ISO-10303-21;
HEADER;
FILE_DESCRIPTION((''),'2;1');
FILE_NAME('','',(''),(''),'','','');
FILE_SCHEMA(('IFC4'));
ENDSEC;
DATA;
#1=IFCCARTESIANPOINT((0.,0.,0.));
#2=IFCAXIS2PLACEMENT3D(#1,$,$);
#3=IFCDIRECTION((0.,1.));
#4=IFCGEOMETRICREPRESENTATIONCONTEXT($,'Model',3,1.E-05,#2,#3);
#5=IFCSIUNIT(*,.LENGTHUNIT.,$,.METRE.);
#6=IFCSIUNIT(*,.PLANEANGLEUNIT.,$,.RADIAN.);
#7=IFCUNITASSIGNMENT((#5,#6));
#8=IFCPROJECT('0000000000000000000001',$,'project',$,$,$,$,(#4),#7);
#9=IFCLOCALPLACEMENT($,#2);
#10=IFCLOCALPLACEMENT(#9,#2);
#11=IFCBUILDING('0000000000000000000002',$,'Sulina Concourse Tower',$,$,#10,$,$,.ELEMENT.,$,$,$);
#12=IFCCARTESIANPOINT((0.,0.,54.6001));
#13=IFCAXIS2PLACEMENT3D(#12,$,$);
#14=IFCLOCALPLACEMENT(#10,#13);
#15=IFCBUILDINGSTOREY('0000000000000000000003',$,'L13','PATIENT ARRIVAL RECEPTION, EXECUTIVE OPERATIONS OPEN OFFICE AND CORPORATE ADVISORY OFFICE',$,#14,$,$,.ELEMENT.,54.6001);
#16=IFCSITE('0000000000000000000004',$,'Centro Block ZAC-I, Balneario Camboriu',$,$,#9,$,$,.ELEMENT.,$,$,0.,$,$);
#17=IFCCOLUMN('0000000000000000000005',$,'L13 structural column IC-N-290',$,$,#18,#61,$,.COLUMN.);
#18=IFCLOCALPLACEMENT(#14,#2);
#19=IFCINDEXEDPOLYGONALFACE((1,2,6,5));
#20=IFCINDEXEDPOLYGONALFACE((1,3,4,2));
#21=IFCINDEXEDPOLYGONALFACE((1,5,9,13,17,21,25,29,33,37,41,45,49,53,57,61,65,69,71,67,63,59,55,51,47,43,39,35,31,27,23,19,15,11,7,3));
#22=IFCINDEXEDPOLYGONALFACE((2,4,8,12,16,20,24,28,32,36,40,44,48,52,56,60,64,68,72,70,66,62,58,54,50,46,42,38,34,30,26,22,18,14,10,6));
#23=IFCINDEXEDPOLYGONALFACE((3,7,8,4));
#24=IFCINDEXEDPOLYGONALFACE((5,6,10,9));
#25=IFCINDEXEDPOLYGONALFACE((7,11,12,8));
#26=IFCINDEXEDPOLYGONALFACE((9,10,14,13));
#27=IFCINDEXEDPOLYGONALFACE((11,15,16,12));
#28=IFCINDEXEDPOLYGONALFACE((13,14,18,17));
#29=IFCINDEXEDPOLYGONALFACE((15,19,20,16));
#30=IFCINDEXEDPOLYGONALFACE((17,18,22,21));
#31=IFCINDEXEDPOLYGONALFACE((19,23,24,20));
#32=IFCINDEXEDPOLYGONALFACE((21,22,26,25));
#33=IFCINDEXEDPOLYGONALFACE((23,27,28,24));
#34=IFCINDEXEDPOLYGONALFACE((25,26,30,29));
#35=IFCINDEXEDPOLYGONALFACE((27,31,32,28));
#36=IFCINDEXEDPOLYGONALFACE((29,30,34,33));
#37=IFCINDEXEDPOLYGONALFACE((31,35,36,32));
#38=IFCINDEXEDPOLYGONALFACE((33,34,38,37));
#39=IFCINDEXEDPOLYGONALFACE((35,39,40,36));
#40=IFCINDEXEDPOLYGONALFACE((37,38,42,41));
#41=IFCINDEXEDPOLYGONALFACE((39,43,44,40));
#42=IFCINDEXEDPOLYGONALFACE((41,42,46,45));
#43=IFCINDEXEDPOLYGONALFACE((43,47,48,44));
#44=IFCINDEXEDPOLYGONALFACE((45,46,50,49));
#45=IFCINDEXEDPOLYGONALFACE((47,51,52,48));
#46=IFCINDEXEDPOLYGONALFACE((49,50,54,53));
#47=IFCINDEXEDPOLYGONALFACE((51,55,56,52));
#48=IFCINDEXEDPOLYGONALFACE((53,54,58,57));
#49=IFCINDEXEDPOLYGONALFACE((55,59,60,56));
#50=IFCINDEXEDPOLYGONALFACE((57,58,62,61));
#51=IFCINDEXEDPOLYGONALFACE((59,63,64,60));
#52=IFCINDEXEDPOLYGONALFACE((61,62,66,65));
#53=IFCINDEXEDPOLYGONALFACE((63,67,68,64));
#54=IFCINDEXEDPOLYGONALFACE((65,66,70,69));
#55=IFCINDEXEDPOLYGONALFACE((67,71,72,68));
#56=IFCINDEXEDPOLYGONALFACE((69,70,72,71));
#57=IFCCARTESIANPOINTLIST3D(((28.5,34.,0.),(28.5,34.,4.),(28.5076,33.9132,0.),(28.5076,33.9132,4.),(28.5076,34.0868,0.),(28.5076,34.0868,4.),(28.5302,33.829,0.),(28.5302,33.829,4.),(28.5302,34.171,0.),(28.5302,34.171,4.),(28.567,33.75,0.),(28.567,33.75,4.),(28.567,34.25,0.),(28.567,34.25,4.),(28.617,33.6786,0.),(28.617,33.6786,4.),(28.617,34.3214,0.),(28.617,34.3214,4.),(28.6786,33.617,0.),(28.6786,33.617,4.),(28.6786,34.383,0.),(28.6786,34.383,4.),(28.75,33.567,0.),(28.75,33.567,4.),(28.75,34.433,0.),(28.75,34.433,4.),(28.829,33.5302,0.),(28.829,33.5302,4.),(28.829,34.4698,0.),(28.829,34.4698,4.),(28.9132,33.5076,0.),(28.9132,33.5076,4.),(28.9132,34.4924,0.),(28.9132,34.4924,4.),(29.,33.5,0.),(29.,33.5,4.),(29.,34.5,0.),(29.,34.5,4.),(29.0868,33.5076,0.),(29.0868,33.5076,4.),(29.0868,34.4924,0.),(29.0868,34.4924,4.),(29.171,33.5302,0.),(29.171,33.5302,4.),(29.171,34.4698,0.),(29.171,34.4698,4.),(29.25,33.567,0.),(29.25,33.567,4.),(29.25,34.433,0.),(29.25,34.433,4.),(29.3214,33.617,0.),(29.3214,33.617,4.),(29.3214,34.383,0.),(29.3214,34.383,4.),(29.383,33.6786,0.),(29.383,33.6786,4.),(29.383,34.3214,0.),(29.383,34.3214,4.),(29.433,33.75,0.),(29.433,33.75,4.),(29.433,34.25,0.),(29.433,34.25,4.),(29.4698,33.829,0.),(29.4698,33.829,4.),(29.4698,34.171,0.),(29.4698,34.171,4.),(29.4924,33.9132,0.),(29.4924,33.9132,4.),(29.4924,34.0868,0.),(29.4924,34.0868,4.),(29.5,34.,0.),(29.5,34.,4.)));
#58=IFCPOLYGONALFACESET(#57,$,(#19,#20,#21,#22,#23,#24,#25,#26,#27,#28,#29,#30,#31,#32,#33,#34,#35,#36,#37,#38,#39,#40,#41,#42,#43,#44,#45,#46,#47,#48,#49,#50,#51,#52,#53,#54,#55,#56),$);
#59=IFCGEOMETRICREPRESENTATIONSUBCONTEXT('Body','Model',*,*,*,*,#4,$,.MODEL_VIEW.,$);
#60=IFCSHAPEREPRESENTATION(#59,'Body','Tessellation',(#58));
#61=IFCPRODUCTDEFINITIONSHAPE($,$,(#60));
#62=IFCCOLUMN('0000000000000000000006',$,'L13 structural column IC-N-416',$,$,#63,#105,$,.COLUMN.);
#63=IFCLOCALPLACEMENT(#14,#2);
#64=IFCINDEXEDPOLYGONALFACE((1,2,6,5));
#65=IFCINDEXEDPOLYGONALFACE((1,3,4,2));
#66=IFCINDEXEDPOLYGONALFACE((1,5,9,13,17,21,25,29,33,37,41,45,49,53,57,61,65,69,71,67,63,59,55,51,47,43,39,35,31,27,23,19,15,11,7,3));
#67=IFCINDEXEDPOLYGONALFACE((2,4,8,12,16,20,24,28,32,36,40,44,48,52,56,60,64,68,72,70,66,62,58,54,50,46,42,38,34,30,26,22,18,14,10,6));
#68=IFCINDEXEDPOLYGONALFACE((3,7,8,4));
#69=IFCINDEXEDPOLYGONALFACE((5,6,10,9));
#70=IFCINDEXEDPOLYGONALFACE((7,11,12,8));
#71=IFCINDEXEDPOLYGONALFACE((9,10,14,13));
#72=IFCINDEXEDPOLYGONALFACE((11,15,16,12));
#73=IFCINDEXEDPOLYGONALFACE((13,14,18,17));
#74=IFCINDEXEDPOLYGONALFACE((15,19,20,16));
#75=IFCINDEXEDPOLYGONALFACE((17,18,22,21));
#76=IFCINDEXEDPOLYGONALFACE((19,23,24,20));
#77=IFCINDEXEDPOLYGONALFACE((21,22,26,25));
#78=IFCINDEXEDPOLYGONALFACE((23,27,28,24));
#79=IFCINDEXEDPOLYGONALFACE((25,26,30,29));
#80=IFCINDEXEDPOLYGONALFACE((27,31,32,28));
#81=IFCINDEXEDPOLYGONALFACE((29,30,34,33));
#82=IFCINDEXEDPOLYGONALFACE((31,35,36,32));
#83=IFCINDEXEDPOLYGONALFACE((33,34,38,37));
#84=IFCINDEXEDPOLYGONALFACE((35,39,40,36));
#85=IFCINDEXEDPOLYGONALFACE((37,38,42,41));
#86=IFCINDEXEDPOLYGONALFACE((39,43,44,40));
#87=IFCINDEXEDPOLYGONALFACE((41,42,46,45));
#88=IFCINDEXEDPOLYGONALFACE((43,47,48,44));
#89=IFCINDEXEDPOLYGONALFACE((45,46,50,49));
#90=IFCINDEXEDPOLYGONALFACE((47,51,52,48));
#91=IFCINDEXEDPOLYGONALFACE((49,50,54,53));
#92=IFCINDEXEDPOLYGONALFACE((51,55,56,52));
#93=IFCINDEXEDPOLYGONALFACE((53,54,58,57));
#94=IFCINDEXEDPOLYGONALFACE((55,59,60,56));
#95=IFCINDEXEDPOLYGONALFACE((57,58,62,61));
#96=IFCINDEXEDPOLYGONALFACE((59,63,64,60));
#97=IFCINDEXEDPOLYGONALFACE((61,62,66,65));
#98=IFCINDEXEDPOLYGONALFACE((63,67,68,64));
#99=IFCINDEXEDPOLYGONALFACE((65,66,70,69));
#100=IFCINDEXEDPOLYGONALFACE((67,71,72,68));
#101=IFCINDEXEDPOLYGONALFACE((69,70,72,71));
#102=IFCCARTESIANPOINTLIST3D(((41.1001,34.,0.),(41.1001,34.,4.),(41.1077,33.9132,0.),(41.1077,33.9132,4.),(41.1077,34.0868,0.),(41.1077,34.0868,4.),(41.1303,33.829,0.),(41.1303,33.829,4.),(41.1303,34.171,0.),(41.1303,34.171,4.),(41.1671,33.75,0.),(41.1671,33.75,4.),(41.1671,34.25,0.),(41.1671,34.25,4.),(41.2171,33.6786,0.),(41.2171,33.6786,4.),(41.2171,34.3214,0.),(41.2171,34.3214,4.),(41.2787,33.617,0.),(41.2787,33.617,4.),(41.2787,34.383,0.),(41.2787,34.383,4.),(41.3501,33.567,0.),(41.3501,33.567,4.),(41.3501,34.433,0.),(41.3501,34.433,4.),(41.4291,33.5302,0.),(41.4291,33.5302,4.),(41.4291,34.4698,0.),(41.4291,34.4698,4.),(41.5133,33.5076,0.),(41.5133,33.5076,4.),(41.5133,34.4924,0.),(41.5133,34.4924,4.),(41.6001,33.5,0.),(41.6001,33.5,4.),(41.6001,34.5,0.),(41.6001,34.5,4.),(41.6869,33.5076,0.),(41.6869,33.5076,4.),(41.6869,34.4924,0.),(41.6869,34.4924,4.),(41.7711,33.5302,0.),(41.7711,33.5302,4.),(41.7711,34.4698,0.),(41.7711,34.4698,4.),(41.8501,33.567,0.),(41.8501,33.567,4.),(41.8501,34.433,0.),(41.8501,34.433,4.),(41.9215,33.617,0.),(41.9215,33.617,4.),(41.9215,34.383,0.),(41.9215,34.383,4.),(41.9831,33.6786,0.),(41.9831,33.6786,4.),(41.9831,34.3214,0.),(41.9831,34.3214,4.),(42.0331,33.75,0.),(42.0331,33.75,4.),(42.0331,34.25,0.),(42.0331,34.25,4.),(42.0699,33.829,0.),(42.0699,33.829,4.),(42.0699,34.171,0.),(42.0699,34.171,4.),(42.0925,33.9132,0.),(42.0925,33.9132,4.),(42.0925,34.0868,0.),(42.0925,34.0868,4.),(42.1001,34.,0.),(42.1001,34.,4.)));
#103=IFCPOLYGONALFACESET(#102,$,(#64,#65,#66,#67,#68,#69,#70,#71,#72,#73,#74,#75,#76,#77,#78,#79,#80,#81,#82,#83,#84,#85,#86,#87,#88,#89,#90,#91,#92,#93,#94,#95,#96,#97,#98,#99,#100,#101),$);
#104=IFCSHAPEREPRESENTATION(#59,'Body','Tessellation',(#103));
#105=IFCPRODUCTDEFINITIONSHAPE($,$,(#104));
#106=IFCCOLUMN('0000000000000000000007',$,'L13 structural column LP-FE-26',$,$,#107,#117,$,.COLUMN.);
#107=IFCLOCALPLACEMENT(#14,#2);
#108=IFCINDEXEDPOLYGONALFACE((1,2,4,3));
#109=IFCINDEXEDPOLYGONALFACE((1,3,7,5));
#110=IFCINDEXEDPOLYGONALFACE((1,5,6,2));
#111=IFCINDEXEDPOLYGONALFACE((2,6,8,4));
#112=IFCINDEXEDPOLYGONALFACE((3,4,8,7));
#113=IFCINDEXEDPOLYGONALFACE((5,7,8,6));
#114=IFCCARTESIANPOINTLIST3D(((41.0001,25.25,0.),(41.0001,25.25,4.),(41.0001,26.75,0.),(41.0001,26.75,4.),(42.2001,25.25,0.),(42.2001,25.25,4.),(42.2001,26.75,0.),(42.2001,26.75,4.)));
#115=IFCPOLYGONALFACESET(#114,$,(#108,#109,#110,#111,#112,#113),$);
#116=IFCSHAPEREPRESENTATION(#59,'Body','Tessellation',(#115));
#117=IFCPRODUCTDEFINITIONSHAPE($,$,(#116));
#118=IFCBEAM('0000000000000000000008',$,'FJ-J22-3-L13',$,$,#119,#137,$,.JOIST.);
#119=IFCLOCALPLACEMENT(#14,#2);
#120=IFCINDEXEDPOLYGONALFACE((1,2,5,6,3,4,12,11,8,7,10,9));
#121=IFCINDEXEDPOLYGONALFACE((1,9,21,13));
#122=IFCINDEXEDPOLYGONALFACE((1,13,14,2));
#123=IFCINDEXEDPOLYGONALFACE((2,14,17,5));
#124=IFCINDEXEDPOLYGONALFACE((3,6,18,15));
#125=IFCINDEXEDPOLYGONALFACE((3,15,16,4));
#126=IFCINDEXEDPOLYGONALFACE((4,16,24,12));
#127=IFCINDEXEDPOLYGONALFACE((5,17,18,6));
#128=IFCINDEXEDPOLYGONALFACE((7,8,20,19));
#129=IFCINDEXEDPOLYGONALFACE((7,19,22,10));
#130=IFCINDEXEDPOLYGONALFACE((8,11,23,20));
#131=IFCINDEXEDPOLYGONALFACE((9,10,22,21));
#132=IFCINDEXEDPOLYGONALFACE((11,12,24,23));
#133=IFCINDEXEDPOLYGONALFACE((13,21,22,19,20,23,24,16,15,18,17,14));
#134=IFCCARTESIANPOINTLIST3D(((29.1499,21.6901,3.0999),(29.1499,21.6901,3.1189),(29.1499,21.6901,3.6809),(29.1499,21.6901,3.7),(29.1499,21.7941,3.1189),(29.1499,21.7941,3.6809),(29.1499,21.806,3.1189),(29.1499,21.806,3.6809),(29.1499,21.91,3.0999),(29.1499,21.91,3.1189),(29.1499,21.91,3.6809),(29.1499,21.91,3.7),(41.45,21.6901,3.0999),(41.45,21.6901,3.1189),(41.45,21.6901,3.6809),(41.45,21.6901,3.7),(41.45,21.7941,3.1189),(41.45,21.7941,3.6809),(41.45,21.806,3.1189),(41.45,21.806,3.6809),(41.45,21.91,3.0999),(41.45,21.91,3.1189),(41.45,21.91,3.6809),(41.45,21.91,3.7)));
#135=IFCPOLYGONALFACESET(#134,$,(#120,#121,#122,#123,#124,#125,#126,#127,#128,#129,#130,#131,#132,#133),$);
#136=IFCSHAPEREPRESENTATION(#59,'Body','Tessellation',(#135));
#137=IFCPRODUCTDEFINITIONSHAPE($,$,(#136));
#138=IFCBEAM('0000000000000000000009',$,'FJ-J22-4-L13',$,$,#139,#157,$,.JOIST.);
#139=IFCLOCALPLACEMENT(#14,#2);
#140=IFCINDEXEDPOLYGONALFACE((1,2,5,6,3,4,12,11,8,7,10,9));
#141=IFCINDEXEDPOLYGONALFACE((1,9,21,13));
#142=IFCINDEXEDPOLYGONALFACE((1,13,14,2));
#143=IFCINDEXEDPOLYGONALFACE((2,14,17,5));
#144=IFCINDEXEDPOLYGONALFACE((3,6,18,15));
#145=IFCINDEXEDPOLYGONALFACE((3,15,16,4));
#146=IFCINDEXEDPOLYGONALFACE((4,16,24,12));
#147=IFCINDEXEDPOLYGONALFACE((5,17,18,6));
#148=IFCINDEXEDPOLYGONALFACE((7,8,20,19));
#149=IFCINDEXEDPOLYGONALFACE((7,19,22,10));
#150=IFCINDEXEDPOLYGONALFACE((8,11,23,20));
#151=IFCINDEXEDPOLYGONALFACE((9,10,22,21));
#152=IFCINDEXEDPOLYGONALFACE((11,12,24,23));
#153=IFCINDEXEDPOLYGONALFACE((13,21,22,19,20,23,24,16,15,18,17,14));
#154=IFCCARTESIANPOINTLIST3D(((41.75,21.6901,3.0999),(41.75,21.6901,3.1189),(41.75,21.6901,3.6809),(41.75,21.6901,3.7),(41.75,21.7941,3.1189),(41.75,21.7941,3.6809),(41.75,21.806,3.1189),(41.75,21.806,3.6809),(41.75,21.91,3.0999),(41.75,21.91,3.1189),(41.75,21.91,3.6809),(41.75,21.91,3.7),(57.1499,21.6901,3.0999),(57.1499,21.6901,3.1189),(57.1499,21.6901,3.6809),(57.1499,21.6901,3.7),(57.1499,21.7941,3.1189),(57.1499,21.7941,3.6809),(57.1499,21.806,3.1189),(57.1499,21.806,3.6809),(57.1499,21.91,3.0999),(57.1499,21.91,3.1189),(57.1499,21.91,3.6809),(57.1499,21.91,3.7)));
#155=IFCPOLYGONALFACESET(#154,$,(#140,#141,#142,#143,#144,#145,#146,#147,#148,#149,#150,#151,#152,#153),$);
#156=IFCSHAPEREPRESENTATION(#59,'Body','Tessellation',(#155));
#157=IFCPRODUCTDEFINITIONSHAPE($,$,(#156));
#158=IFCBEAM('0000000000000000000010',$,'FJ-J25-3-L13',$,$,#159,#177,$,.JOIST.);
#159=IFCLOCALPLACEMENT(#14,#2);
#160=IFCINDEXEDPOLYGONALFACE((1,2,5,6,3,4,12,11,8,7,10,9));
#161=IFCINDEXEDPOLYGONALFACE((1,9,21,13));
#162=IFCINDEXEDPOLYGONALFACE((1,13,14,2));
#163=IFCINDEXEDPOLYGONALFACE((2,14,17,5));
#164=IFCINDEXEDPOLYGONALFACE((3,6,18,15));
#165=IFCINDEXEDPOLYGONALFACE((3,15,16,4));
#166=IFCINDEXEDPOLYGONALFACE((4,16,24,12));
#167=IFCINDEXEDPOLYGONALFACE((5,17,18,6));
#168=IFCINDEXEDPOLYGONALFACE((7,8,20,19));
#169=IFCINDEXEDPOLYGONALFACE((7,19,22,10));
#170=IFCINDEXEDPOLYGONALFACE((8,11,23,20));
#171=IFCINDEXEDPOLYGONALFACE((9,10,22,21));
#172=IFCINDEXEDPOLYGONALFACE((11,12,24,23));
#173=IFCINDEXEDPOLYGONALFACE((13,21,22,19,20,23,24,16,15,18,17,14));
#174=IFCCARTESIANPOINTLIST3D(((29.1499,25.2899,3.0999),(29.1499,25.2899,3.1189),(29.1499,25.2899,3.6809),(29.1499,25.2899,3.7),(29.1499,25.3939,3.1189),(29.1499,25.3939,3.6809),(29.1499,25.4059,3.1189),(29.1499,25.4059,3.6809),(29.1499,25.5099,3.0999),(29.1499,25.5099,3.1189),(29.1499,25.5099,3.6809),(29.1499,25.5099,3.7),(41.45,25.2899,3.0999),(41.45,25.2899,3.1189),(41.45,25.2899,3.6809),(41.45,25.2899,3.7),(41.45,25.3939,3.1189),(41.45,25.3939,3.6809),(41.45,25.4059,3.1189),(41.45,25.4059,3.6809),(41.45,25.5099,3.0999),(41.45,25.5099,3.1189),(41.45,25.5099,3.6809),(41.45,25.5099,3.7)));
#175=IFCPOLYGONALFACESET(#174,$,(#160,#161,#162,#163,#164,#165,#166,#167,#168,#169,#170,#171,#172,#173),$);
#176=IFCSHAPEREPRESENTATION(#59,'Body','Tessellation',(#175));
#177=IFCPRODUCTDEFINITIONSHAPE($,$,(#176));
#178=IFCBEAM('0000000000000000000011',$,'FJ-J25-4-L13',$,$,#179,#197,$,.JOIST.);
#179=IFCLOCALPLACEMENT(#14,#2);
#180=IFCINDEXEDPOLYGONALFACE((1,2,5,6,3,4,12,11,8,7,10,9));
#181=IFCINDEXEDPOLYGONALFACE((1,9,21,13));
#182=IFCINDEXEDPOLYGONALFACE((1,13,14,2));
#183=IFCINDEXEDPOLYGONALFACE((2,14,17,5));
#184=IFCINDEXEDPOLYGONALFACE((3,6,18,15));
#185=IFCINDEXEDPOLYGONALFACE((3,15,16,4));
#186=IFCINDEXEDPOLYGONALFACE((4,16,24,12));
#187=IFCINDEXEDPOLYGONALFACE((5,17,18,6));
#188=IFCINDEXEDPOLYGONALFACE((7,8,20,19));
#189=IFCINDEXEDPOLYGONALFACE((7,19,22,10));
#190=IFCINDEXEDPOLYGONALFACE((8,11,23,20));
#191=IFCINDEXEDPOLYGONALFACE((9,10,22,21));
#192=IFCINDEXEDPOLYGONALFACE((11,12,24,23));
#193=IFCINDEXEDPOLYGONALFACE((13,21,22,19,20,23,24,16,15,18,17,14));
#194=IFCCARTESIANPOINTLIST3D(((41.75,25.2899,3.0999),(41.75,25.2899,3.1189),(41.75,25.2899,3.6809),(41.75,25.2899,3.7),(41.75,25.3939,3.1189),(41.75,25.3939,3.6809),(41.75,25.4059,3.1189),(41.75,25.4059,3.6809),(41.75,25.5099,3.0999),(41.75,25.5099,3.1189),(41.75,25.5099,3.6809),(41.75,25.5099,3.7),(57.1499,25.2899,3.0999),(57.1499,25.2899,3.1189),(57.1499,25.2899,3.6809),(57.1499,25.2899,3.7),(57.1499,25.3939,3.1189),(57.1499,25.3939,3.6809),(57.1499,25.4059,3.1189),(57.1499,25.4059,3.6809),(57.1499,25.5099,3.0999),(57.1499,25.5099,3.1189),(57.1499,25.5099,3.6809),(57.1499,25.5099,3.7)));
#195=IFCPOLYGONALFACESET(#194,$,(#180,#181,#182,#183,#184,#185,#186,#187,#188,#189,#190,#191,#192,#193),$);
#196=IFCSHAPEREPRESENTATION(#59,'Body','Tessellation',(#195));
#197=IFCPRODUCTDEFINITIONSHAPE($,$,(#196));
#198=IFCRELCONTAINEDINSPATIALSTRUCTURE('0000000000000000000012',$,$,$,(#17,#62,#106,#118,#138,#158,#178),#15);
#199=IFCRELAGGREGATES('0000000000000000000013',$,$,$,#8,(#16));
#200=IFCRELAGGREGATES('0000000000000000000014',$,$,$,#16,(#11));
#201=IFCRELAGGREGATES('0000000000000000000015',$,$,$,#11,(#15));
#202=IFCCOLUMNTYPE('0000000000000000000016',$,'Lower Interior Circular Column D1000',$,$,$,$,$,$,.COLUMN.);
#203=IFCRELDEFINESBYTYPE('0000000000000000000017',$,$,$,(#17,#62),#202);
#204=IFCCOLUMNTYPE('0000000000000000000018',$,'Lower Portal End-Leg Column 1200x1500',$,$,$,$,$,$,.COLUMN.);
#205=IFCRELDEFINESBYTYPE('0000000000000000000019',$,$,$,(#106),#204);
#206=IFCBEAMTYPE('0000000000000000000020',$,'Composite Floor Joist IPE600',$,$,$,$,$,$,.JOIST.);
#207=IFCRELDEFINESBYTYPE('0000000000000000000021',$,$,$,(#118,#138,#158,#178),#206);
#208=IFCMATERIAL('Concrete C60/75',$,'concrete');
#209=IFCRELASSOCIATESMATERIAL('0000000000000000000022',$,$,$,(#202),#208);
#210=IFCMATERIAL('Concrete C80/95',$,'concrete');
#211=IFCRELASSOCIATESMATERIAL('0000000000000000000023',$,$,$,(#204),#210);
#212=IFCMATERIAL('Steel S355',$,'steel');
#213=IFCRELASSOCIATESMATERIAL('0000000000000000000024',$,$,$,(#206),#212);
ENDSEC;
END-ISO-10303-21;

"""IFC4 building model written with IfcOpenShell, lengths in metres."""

from ifc_helpers import new_model, si_unit, direction, frame, origin, origin_2d, place, context, subcontext, project, spatial, rectangle, circle, i_section, extrude, material, material_profile, profile_set, type_object, element, save


model = new_model("IFC4")

# Units and contexts
model_context = context("Model", 3, precision=1e-05, world=origin(), true_north=direction((0.0, 1.0)))
body_context = subcontext(model_context, "Body", "Model", "MODEL_VIEW")
ifc_project = project(units=[si_unit("LENGTHUNIT", "METRE"), si_unit("PLANEANGLEUNIT", "RADIAN")], contexts=[model_context])

# Site, building, storey
site_placement = place(None, origin())
site = spatial("IfcSite", under=ifc_project, at=site_placement, Name="Centro Block ZAC-I, Balneario Camboriu", CompositionType="ELEMENT", RefElevation=0.0)
building_placement = place(site_placement, origin())
building = spatial("IfcBuilding", under=site, at=building_placement, Name="Sulina Concourse Tower", CompositionType="ELEMENT")
storey_placement = place(building_placement, frame((0.0, 0.0, 54.6001)))
storey = spatial("IfcBuildingStorey", under=building, at=storey_placement, Name="L13", Description="PATIENT ARRIVAL RECEPTION, EXECUTIVE OPERATIONS OPEN OFFICE AND CORPORATE ADVISORY OFFICE", CompositionType="ELEMENT", Elevation=54.6001)

# Columns
ifc_material_1 = material(Name="Concrete C60/75", Category="concrete")
ifc_material_profile_1 = material_profile(ifc_material_1, circle(Radius=0.5, at=origin_2d()), Name="RC D1000")
ifc_profile_set_1 = profile_set([ifc_material_profile_1], Name="Concrete C60/75")
column_type_1 = type_object("IfcColumnType", Name="Lower Interior Circular Column D1000", PredefinedType="COLUMN", material=ifc_profile_set_1)
for number, where, z_axis, x_axis, name in (
    (1, (29.0, 34.0, 0.0), (0.0, 0.0, 1.0), (1.0, 0.0, 0.0), "L13 structural column IC-N-290"),
    (2, (41.6001, 34.0, 0.0), (0.0, 0.0, 1.0), (1.0, 0.0, 0.0), "L13 structural column IC-N-416"),
):
    element("IfcColumn", number, at=place(storey_placement, frame(where, z_axis=z_axis, x_axis=x_axis)), inside=storey, type_object=column_type_1, Name=name, PredefinedType="COLUMN", context=body_context, shape_type="SweptSolid", body=[
        extrude(circle(Radius=0.5, at=origin_2d()), origin(), (0.0, 0.0, 1.0), 4.0),
    ])
ifc_material_2 = material(Name="Concrete C80/95", Category="concrete")
ifc_material_profile_2 = material_profile(ifc_material_2, rectangle(XDim=1.2, YDim=1.5, at=origin_2d()), Name="RC 1200x1500")
ifc_profile_set_2 = profile_set([ifc_material_profile_2], Name="Concrete C80/95")
column_type_2 = type_object("IfcColumnType", Name="Lower Portal End-Leg Column 1200x1500", PredefinedType="COLUMN", material=ifc_profile_set_2)
column_placement = place(storey_placement, frame((41.6001, 26.0, 0.0), z_axis=(0.0, 0.0, 1.0), x_axis=(1.0, 0.0, 0.0)))
element("IfcColumn", 3, at=column_placement, inside=storey, type_object=column_type_2, Name="L13 structural column LP-FE-26", PredefinedType="COLUMN", context=body_context, shape_type="SweptSolid", body=[
    extrude(rectangle(XDim=1.2, YDim=1.5, at=origin_2d()), origin(), (0.0, 0.0, 1.0), 4.0),
])

# Beams
ifc_material_3 = material(Name="Steel S355", Category="steel")
ifc_material_profile_3 = material_profile(ifc_material_3, i_section(OverallWidth=0.22, OverallDepth=0.6001, WebThickness=0.012, FlangeThickness=0.019, at=origin_2d()), Name="IPE 600")
ifc_profile_set_3 = profile_set([ifc_material_profile_3], Name="Steel S355")
beam_type_1 = type_object("IfcBeamType", Name="Composite Floor Joist IPE600", PredefinedType="JOIST", material=ifc_profile_set_3)
beam_1_placement = place(storey_placement, frame((29.1499, 21.8, 3.3999), z_axis=(1.0, 0.0, 0.0), x_axis=(0.0, 1.0, 0.0)))
element("IfcBeam", 4, at=beam_1_placement, inside=storey, type_object=beam_type_1, Name="FJ-J22-3-L13", PredefinedType="JOIST", context=body_context, shape_type="SweptSolid", body=[
    extrude(i_section(OverallWidth=0.22, OverallDepth=0.6001, WebThickness=0.012, FlangeThickness=0.019, at=origin_2d()), origin(), (0.0, 0.0, 1.0), 12.3),
])
beam_2_placement = place(storey_placement, frame((41.75, 21.8, 3.3999), z_axis=(1.0, 0.0, 0.0), x_axis=(0.0, 1.0, 0.0)))
element("IfcBeam", 5, at=beam_2_placement, inside=storey, type_object=beam_type_1, Name="FJ-J22-4-L13", PredefinedType="JOIST", context=body_context, shape_type="SweptSolid", body=[
    extrude(i_section(OverallWidth=0.22, OverallDepth=0.6001, WebThickness=0.012, FlangeThickness=0.019, at=origin_2d()), origin(), (0.0, 0.0, 1.0), 15.3999),
])
beam_3_placement = place(storey_placement, frame((29.1499, 25.3999, 3.3999), z_axis=(1.0, 0.0, 0.0), x_axis=(0.0, 1.0, 0.0)))
element("IfcBeam", 6, at=beam_3_placement, inside=storey, type_object=beam_type_1, Name="FJ-J25-3-L13", PredefinedType="JOIST", context=body_context, shape_type="SweptSolid", body=[
    extrude(i_section(OverallWidth=0.22, OverallDepth=0.6001, WebThickness=0.012, FlangeThickness=0.019, at=origin_2d()), origin(), (0.0, 0.0, 1.0), 12.3),
])
beam_4_placement = place(storey_placement, frame((41.75, 25.3999, 3.3999), z_axis=(1.0, 0.0, 0.0), x_axis=(0.0, 1.0, 0.0)))
element("IfcBeam", 7, at=beam_4_placement, inside=storey, type_object=beam_type_1, Name="FJ-J25-4-L13", PredefinedType="JOIST", context=body_context, shape_type="SweptSolid", body=[
    extrude(i_section(OverallWidth=0.22, OverallDepth=0.6001, WebThickness=0.012, FlangeThickness=0.019, at=origin_2d()), origin(), (0.0, 0.0, 1.0), 15.3999),
])

save(model, "model.ifc")
